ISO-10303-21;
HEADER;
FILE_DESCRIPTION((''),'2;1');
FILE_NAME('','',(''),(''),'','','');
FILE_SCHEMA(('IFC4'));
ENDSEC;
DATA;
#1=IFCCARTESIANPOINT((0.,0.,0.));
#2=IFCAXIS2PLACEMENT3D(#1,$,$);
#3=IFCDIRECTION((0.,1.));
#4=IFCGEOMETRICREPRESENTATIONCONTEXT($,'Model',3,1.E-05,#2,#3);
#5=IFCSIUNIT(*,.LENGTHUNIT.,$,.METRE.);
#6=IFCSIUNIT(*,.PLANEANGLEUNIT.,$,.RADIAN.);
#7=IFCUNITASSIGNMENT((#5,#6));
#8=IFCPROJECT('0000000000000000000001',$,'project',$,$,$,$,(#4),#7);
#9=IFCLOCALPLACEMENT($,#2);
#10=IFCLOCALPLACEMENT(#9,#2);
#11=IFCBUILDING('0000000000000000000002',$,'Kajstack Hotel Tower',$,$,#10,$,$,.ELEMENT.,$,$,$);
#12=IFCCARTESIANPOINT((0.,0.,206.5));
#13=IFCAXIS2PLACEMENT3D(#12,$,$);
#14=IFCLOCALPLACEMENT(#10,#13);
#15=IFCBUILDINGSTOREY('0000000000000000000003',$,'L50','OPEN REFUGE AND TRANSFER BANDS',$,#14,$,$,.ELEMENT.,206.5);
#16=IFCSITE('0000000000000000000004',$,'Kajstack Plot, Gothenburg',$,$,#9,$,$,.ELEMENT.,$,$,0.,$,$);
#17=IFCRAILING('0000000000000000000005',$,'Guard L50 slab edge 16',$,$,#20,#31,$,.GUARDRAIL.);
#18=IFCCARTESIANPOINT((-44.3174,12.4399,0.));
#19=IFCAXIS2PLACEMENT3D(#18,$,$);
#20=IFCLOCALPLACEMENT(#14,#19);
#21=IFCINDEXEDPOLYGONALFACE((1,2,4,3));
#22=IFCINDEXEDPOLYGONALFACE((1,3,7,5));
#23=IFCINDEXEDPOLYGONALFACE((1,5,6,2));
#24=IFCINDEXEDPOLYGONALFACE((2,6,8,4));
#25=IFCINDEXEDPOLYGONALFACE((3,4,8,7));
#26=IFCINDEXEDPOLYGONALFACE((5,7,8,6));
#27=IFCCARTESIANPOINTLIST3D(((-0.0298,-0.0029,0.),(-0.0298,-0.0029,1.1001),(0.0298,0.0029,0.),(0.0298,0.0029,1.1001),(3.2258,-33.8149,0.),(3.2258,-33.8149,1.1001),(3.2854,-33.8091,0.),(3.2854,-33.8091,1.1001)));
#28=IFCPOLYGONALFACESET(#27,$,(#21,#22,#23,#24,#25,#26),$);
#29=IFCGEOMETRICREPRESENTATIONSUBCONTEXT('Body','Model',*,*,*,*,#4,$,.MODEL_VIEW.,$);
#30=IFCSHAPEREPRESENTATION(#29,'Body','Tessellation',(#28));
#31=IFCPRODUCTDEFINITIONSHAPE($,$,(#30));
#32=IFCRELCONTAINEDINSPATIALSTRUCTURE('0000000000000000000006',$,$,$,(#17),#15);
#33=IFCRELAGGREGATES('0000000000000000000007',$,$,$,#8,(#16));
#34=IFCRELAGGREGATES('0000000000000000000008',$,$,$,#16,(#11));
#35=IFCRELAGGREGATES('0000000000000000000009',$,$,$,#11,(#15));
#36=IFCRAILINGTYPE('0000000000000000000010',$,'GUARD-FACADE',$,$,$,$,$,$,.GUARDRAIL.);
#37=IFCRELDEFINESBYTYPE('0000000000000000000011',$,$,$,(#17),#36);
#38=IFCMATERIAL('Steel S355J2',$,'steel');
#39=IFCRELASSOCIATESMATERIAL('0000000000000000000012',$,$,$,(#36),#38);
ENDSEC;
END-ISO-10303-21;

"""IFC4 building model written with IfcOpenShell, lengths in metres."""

from ifc_helpers import new_model, si_unit, direction, frame, origin, place, context, subcontext, project, spatial, polyline, outline, extrude, material, type_object, element, save


model = new_model("IFC4")

# Units and contexts
model_context = context("Model", 3, precision=1e-05, world=origin(), true_north=direction((0.0, 1.0)))
body_context = subcontext(model_context, "Body", "Model", "MODEL_VIEW")
ifc_project = project(units=[si_unit("LENGTHUNIT", "METRE"), si_unit("PLANEANGLEUNIT", "RADIAN")], contexts=[model_context])

# Site, building, storey
site_placement = place(None, origin())
site = spatial("IfcSite", under=ifc_project, at=site_placement, Name="Kajstack Plot, Gothenburg", CompositionType="ELEMENT", RefElevation=0.0)
building_placement = place(site_placement, origin())
building = spatial("IfcBuilding", under=site, at=building_placement, Name="Kajstack Hotel Tower", CompositionType="ELEMENT")
storey_placement = place(building_placement, frame((0.0, 0.0, 206.5)))
storey = spatial("IfcBuildingStorey", under=building, at=storey_placement, Name="L50", Description="OPEN REFUGE AND TRANSFER BANDS", CompositionType="ELEMENT", Elevation=206.5)

# Shared definitions
ifc_material = material(Name="Steel S355J2", Category="steel")

# Railing
railing_type = type_object("IfcRailingType", Name="GUARD-FACADE", PredefinedType="GUARDRAIL", material=ifc_material)
railing_placement = place(storey_placement, frame((-44.3174, 12.4399, 0.0)))
element("IfcRailing", 1, at=railing_placement, inside=storey, type_object=railing_type, Name="Guard L50 slab edge 16", PredefinedType="GUARDRAIL", context=body_context, shape_type="SweptSolid", body=[
    extrude(outline(polyline([(3.2854, -33.8091), (3.2258, -33.8149), (-0.0298, -0.0029), (0.0298, 0.0029), (3.2854, -33.8091)])), origin(), (0.0, 0.0, 1.0), 1.1001),
])

save(model, "model.ifc")
